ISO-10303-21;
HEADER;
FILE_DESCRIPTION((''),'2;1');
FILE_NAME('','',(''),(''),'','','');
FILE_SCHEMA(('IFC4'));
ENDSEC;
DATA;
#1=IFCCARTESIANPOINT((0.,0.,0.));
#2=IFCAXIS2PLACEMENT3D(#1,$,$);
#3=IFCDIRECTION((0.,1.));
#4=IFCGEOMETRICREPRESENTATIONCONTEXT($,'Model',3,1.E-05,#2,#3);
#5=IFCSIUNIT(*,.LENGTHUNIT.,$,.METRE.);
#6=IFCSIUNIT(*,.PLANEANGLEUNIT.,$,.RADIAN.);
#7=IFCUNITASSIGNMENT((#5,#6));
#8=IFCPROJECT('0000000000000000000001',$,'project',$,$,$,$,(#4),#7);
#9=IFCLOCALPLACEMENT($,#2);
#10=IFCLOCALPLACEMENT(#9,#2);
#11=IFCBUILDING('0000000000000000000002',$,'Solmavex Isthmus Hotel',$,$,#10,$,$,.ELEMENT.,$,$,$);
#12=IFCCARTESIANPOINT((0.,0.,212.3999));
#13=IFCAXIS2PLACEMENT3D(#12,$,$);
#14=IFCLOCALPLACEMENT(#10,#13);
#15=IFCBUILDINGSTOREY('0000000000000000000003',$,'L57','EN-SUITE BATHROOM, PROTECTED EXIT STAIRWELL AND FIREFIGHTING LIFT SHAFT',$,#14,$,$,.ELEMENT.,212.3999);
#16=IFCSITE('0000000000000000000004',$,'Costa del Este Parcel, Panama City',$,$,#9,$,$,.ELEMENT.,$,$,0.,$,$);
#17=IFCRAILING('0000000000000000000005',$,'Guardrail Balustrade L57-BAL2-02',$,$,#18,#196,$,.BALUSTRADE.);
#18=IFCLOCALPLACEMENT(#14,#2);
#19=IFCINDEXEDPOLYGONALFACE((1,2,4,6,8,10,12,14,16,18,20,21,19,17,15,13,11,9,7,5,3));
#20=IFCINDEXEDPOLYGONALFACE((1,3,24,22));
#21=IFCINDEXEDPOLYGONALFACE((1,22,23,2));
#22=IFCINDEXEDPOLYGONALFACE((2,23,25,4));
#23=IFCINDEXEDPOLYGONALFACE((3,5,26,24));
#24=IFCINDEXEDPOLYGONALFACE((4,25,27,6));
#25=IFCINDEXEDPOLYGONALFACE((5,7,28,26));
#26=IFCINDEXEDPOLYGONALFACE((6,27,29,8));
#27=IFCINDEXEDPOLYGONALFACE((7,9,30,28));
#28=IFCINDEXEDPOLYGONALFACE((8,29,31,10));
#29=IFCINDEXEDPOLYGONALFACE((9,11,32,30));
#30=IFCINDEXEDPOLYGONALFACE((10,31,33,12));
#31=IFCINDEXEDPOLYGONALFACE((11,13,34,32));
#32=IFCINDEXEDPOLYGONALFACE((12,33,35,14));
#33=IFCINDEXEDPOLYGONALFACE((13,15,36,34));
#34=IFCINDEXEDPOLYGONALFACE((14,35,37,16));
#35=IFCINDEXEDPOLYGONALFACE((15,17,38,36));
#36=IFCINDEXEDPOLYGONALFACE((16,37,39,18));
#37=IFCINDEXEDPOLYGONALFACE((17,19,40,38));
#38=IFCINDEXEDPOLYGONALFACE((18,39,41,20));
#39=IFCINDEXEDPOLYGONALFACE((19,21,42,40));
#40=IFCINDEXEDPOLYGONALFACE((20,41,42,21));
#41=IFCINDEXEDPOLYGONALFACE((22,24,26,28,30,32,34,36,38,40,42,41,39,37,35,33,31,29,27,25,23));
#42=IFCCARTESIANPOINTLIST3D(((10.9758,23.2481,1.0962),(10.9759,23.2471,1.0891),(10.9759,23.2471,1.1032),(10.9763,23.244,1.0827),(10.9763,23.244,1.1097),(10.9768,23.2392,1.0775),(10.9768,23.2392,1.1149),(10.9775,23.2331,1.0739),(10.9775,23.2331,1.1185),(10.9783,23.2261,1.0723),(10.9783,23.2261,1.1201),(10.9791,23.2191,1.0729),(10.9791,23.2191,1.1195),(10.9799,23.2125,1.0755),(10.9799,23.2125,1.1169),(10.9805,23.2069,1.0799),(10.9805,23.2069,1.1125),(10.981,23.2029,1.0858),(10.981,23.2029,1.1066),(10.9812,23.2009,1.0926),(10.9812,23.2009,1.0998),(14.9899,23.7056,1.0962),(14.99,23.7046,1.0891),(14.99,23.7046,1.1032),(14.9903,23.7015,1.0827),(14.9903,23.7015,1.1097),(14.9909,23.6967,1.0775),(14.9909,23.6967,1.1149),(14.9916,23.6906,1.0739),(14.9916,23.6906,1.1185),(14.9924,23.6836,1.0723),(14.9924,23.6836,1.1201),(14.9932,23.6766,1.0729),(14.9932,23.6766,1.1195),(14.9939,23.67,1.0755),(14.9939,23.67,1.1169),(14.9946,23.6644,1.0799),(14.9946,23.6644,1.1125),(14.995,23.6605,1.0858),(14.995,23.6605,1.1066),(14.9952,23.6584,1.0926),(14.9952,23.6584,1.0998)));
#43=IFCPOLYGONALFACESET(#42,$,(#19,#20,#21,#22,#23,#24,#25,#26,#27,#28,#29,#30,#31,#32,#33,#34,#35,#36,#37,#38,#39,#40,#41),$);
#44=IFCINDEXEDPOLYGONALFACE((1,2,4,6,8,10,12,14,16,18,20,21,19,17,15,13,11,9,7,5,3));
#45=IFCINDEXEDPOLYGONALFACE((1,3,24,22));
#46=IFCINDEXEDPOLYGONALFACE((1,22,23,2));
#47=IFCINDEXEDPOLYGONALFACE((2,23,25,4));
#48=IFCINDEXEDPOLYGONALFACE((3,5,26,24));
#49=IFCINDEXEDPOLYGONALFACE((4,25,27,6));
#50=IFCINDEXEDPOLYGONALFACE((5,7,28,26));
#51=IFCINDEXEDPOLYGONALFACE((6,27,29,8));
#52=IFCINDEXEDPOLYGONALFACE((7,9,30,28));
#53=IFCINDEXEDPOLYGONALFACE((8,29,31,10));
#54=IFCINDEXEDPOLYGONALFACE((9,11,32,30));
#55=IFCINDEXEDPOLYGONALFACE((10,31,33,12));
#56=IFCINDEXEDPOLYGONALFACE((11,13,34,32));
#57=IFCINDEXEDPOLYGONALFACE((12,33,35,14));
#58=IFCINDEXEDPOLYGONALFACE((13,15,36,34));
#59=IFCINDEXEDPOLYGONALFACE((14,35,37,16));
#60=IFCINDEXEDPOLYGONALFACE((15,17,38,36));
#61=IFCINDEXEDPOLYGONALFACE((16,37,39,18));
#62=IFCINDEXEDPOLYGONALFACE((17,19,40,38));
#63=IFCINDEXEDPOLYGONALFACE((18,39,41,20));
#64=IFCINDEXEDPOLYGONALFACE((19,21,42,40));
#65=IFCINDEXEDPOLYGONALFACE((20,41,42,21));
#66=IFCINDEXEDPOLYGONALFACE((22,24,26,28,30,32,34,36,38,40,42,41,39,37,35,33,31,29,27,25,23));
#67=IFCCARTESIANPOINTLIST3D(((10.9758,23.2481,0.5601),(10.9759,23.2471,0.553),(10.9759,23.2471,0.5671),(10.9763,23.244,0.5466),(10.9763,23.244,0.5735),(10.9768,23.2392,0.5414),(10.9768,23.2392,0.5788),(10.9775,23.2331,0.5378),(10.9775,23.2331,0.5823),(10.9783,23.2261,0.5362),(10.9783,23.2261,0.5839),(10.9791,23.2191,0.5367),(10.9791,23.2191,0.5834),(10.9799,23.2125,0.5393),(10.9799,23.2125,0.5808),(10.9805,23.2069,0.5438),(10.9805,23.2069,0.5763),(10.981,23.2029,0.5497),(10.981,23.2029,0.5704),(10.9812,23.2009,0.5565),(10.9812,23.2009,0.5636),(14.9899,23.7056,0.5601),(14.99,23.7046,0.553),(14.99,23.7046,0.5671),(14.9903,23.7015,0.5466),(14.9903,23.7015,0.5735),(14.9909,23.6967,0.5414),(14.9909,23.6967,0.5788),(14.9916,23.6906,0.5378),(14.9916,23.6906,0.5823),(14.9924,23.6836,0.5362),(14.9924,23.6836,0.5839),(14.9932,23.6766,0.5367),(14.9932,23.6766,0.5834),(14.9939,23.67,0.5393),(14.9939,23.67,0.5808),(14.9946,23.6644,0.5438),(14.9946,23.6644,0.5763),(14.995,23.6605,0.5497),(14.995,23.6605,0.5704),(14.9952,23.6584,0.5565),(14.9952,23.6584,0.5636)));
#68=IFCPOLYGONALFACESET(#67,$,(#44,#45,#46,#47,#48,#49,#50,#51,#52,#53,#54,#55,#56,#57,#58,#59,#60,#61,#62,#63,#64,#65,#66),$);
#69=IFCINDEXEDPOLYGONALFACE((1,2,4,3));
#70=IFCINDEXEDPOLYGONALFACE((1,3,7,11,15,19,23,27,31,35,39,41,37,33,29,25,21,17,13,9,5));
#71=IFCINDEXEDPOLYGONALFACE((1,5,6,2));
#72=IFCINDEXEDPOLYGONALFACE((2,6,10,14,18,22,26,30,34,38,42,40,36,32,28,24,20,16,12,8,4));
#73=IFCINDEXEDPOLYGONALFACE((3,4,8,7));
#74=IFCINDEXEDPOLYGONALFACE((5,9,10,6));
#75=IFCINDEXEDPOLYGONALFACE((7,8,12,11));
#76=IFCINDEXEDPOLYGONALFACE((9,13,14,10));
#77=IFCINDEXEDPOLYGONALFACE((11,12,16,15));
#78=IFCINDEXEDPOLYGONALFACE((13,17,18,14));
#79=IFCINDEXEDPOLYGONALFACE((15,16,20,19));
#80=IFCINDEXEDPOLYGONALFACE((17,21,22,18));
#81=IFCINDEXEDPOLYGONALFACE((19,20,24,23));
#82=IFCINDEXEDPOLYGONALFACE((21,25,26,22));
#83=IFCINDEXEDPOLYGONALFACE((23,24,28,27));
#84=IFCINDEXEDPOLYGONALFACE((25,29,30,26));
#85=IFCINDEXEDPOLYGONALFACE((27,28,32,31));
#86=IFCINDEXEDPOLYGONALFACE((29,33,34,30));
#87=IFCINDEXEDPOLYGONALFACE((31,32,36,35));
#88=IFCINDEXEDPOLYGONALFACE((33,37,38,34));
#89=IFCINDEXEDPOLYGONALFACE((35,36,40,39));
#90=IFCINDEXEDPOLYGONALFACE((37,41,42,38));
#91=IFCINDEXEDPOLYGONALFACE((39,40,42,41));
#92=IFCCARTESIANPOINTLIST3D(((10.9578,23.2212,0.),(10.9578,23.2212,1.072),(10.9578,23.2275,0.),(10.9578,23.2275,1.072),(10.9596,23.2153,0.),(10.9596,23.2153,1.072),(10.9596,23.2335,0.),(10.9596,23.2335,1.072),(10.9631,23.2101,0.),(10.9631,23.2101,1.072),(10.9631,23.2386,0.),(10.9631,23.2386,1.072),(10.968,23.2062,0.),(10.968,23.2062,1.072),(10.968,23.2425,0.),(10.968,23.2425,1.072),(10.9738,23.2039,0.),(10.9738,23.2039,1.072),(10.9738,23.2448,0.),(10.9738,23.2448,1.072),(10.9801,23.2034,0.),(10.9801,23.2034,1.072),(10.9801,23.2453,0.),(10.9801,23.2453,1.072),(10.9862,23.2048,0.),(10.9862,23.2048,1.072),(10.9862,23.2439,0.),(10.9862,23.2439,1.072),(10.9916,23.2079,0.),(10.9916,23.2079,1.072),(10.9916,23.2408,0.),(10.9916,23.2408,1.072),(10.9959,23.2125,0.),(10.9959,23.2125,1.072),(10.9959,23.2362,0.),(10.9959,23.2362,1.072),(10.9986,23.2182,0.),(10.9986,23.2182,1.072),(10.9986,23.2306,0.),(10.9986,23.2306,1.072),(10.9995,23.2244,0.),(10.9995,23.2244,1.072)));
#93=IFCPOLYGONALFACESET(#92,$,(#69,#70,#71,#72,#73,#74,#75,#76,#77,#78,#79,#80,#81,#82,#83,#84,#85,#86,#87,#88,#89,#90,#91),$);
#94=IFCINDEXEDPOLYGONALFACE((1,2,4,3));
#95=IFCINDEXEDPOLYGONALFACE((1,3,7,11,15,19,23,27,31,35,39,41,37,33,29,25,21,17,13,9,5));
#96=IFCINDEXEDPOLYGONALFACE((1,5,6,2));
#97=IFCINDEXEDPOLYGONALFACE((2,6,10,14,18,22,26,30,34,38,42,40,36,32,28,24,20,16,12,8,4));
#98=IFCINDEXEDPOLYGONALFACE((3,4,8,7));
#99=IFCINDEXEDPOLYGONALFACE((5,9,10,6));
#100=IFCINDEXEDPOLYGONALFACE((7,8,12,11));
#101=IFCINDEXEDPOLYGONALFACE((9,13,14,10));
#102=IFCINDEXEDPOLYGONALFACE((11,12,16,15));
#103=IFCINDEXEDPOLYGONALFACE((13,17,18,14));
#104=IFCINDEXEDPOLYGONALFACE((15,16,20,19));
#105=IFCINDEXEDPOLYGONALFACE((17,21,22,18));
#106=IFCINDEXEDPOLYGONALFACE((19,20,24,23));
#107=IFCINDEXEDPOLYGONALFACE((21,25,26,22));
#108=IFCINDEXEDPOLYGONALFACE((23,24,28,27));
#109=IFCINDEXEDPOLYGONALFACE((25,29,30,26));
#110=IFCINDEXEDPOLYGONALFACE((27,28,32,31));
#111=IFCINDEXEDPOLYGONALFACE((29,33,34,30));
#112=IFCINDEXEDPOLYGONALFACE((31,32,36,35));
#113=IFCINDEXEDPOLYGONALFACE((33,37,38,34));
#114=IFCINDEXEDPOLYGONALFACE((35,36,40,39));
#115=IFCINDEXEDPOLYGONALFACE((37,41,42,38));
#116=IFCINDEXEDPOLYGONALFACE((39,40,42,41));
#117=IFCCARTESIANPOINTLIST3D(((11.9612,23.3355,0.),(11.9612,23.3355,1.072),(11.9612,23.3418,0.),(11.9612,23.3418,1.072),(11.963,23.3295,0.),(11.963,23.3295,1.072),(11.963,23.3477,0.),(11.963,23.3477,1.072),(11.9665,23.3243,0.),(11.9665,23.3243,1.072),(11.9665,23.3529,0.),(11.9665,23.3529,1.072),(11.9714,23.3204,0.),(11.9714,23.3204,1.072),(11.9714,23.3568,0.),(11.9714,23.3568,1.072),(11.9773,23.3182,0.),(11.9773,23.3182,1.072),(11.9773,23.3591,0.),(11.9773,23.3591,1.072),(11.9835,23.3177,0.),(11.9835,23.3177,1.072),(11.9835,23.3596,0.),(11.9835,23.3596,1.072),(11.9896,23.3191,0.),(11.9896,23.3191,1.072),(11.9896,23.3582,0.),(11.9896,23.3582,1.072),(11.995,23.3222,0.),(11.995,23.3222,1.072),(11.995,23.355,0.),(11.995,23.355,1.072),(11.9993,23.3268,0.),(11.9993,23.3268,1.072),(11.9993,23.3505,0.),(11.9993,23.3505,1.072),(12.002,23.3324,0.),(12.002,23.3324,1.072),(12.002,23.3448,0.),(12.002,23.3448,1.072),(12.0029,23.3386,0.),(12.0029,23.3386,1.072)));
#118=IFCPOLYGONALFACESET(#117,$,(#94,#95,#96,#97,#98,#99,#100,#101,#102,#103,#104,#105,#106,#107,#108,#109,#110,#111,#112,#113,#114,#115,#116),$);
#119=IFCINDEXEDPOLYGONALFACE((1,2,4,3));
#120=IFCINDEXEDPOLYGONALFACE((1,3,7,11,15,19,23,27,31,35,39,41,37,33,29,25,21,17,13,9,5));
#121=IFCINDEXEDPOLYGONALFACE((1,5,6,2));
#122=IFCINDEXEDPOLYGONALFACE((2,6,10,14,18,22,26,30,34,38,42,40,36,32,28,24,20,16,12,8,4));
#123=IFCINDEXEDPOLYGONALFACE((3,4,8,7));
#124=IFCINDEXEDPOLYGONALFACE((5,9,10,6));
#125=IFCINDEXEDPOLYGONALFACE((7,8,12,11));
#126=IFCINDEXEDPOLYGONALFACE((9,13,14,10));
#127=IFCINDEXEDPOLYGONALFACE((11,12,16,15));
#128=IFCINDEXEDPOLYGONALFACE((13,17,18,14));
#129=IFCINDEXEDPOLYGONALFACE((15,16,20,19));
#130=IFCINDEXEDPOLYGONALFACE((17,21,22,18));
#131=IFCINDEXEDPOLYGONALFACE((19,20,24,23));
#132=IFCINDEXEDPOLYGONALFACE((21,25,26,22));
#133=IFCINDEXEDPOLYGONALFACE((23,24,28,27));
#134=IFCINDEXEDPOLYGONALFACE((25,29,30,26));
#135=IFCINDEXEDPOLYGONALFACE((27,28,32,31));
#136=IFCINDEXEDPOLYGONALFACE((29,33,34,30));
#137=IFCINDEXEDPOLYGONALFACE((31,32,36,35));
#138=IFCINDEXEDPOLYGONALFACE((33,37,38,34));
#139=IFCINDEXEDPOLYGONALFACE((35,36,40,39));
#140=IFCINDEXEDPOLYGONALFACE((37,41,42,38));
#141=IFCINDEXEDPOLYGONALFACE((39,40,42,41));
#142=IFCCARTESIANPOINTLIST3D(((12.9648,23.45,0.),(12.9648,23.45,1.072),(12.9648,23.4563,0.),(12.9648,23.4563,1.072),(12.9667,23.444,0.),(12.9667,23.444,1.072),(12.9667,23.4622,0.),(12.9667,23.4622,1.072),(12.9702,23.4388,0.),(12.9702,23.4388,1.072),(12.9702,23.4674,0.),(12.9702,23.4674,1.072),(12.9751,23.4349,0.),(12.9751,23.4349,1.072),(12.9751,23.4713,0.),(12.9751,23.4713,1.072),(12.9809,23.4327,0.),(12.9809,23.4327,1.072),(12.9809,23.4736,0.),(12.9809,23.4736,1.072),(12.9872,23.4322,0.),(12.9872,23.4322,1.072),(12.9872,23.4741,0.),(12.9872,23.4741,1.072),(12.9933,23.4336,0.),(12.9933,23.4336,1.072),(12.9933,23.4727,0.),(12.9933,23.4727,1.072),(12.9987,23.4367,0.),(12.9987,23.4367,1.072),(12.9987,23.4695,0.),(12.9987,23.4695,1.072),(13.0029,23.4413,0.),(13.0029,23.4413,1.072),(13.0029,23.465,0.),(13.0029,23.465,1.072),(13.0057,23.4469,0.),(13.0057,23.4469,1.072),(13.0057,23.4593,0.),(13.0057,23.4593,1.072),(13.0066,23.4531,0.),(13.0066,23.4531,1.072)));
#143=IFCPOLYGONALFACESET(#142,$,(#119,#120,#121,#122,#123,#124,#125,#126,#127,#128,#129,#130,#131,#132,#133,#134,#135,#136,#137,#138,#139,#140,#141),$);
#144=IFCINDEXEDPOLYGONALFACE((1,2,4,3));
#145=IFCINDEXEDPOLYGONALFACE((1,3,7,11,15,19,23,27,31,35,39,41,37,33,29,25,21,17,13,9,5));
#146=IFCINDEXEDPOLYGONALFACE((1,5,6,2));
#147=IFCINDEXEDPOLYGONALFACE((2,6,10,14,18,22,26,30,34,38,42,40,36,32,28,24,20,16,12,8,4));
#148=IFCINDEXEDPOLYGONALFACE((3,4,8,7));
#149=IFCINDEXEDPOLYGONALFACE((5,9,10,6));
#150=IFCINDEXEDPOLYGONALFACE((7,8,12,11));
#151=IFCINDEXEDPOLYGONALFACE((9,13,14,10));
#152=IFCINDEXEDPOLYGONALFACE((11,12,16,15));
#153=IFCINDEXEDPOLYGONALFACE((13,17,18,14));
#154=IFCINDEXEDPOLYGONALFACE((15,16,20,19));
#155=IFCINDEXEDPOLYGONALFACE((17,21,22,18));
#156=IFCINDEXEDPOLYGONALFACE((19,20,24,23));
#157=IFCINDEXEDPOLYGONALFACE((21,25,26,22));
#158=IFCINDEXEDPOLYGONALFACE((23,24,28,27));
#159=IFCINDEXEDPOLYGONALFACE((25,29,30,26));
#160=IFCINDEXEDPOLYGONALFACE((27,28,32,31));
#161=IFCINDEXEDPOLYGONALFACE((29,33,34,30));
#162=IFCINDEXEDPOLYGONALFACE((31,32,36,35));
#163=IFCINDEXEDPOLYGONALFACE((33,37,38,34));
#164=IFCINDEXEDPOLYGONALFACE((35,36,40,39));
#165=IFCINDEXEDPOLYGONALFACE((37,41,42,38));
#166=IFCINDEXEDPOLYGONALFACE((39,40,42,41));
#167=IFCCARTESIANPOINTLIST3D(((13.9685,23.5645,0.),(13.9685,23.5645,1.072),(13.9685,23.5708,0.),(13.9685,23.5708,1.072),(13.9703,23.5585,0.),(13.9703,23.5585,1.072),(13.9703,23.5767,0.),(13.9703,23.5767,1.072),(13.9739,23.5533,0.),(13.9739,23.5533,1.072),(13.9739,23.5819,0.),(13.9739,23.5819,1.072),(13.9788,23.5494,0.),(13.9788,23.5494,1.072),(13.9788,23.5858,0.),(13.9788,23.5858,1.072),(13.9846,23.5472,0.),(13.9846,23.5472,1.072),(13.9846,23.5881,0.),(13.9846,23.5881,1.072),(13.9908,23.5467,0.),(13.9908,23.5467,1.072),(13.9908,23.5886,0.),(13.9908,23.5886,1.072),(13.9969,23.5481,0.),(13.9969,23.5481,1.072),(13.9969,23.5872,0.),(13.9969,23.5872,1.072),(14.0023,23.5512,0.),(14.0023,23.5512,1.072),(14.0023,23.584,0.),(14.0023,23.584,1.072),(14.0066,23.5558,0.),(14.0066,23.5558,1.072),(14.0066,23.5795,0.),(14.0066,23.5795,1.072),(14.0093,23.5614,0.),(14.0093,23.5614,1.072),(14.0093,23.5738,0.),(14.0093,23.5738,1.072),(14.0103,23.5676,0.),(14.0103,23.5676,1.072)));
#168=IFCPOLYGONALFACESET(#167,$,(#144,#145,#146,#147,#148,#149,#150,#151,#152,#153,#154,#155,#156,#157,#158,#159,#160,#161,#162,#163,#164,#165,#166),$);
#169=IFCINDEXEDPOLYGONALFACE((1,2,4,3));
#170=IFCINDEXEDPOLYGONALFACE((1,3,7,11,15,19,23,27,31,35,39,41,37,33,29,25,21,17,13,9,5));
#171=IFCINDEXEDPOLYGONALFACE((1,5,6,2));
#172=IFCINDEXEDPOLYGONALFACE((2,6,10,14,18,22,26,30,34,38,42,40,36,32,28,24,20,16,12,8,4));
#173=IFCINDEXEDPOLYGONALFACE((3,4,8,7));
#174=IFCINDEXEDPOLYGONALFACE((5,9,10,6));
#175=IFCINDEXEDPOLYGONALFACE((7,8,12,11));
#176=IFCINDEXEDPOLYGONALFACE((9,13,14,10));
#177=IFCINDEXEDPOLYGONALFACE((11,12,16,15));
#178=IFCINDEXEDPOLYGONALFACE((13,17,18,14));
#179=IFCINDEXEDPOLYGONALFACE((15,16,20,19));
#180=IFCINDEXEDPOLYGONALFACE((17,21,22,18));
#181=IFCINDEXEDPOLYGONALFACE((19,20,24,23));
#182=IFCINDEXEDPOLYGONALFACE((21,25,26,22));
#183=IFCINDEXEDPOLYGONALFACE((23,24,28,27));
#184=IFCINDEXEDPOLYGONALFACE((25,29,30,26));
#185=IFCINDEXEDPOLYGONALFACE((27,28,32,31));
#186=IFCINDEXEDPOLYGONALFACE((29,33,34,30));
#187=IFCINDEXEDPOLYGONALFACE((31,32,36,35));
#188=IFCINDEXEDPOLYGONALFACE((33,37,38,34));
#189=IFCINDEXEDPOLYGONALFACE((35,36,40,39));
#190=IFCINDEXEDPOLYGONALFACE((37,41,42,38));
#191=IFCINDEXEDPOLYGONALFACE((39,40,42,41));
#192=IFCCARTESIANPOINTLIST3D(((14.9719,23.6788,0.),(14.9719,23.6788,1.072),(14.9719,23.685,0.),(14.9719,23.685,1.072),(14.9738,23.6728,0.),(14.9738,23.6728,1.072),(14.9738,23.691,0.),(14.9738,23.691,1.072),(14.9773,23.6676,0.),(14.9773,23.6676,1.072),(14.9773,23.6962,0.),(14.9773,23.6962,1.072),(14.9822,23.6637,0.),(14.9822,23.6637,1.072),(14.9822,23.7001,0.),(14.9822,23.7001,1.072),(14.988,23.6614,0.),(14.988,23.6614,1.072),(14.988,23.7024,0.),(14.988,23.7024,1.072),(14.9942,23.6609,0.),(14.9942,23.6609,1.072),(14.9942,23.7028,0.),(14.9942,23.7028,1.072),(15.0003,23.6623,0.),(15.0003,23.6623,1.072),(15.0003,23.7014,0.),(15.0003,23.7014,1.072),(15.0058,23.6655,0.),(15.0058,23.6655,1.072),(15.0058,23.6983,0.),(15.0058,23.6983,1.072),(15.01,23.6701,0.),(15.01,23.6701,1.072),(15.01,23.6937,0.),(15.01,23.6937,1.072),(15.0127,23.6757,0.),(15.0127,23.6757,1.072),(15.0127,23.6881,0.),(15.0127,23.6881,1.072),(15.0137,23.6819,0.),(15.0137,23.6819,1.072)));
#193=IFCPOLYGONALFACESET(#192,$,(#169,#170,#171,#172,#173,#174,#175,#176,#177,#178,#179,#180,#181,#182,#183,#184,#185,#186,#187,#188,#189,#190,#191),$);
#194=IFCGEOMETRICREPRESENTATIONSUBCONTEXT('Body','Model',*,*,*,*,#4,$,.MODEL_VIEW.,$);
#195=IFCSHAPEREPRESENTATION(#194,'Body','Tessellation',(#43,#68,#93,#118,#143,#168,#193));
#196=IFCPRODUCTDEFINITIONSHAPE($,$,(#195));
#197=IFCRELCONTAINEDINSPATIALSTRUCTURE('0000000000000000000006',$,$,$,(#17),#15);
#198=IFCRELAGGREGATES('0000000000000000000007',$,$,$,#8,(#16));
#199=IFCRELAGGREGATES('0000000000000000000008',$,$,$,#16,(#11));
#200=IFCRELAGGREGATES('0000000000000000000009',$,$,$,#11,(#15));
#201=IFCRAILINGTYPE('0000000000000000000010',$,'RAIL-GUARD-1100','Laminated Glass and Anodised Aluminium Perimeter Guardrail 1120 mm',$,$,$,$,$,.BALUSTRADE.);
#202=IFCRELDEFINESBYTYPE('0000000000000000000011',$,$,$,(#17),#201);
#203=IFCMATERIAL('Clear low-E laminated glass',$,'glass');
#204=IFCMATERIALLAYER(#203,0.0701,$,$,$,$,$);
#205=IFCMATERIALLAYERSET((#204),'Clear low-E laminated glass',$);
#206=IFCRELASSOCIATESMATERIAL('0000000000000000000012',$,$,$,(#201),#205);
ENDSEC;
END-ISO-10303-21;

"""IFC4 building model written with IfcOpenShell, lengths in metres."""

from ifc_helpers import new_model, si_unit, direction, frame, origin, origin_2d, place, context, subcontext, project, spatial, circle, extrude, material, layer, layer_set, type_object, element, save


model = new_model("IFC4")

# Units and contexts
model_context = context("Model", 3, precision=1e-05, world=origin(), true_north=direction((0.0, 1.0)))
body_context = subcontext(model_context, "Body", "Model", "MODEL_VIEW")
ifc_project = project(units=[si_unit("LENGTHUNIT", "METRE"), si_unit("PLANEANGLEUNIT", "RADIAN")], contexts=[model_context])

# Site, building, storey
site_placement = place(None, origin())
site = spatial("IfcSite", under=ifc_project, at=site_placement, Name="Costa del Este Parcel, Panama City", CompositionType="ELEMENT", RefElevation=0.0)
building_placement = place(site_placement, origin())
building = spatial("IfcBuilding", under=site, at=building_placement, Name="Solmavex Isthmus Hotel", CompositionType="ELEMENT")
storey_placement = place(building_placement, frame((0.0, 0.0, 212.3999)))
storey = spatial("IfcBuildingStorey", under=building, at=storey_placement, Name="L57", Description="EN-SUITE BATHROOM, PROTECTED EXIT STAIRWELL AND FIREFIGHTING LIFT SHAFT", CompositionType="ELEMENT", Elevation=212.3999)

# Shared definitions
ifc_material_1 = material(Name="Clear low-E laminated glass", Category="glass")

# Railing
ifc_layer_1 = layer(ifc_material_1, 0.0701)
ifc_layer_set_1 = layer_set([ifc_layer_1], Name="Clear low-E laminated glass")
railing_type = type_object("IfcRailingType", Name="RAIL-GUARD-1100", Description="Laminated Glass and Anodised Aluminium Perimeter Guardrail 1120 mm", PredefinedType="BALUSTRADE", material=ifc_layer_set_1)
railing_1_placement = place(storey_placement, frame((10.9785, 23.2244, 0.0)))
element("IfcRailing", 1, at=railing_1_placement, inside=storey, type_object=railing_type, Name="Guardrail Balustrade L57-BAL2-02", PredefinedType="BALUSTRADE", context=body_context, shape_type="SweptSolid", body=[
    extrude(circle(Radius=0.0239, at=origin_2d()), frame((0.0, 0.0, 1.0962), z_axis=(0.993567, 0.113243, 0.0), x_axis=(-0.113243, 0.993567, 0.0)), (0.0, 0.0, 1.0), 4.04),
    extrude(circle(Radius=0.0239, at=origin_2d()), frame((0.0, 0.0, 0.5601), z_axis=(0.993567, 0.113243, 0.0), x_axis=(-0.113243, 0.993567, 0.0)), (0.0, 0.0, 1.0), 4.04),
    extrude(circle(Radius=0.021, at=origin_2d()), origin(), (0.0, 0.0, 1.0), 1.072),
    extrude(circle(Radius=0.021, at=origin_2d()), frame((1.0034, 0.1143, 0.0)), (0.0, 0.0, 1.0), 1.072),
    extrude(circle(Radius=0.021, at=origin_2d()), frame((2.0071, 0.2288, 0.0)), (0.0, 0.0, 1.0), 1.072),
    extrude(circle(Radius=0.021, at=origin_2d()), frame((3.0107, 0.3433, 0.0)), (0.0, 0.0, 1.0), 1.072),
    extrude(circle(Radius=0.021, at=origin_2d()), frame((4.0142, 0.4575, 0.0)), (0.0, 0.0, 1.0), 1.072),
])

save(model, "model.ifc")
